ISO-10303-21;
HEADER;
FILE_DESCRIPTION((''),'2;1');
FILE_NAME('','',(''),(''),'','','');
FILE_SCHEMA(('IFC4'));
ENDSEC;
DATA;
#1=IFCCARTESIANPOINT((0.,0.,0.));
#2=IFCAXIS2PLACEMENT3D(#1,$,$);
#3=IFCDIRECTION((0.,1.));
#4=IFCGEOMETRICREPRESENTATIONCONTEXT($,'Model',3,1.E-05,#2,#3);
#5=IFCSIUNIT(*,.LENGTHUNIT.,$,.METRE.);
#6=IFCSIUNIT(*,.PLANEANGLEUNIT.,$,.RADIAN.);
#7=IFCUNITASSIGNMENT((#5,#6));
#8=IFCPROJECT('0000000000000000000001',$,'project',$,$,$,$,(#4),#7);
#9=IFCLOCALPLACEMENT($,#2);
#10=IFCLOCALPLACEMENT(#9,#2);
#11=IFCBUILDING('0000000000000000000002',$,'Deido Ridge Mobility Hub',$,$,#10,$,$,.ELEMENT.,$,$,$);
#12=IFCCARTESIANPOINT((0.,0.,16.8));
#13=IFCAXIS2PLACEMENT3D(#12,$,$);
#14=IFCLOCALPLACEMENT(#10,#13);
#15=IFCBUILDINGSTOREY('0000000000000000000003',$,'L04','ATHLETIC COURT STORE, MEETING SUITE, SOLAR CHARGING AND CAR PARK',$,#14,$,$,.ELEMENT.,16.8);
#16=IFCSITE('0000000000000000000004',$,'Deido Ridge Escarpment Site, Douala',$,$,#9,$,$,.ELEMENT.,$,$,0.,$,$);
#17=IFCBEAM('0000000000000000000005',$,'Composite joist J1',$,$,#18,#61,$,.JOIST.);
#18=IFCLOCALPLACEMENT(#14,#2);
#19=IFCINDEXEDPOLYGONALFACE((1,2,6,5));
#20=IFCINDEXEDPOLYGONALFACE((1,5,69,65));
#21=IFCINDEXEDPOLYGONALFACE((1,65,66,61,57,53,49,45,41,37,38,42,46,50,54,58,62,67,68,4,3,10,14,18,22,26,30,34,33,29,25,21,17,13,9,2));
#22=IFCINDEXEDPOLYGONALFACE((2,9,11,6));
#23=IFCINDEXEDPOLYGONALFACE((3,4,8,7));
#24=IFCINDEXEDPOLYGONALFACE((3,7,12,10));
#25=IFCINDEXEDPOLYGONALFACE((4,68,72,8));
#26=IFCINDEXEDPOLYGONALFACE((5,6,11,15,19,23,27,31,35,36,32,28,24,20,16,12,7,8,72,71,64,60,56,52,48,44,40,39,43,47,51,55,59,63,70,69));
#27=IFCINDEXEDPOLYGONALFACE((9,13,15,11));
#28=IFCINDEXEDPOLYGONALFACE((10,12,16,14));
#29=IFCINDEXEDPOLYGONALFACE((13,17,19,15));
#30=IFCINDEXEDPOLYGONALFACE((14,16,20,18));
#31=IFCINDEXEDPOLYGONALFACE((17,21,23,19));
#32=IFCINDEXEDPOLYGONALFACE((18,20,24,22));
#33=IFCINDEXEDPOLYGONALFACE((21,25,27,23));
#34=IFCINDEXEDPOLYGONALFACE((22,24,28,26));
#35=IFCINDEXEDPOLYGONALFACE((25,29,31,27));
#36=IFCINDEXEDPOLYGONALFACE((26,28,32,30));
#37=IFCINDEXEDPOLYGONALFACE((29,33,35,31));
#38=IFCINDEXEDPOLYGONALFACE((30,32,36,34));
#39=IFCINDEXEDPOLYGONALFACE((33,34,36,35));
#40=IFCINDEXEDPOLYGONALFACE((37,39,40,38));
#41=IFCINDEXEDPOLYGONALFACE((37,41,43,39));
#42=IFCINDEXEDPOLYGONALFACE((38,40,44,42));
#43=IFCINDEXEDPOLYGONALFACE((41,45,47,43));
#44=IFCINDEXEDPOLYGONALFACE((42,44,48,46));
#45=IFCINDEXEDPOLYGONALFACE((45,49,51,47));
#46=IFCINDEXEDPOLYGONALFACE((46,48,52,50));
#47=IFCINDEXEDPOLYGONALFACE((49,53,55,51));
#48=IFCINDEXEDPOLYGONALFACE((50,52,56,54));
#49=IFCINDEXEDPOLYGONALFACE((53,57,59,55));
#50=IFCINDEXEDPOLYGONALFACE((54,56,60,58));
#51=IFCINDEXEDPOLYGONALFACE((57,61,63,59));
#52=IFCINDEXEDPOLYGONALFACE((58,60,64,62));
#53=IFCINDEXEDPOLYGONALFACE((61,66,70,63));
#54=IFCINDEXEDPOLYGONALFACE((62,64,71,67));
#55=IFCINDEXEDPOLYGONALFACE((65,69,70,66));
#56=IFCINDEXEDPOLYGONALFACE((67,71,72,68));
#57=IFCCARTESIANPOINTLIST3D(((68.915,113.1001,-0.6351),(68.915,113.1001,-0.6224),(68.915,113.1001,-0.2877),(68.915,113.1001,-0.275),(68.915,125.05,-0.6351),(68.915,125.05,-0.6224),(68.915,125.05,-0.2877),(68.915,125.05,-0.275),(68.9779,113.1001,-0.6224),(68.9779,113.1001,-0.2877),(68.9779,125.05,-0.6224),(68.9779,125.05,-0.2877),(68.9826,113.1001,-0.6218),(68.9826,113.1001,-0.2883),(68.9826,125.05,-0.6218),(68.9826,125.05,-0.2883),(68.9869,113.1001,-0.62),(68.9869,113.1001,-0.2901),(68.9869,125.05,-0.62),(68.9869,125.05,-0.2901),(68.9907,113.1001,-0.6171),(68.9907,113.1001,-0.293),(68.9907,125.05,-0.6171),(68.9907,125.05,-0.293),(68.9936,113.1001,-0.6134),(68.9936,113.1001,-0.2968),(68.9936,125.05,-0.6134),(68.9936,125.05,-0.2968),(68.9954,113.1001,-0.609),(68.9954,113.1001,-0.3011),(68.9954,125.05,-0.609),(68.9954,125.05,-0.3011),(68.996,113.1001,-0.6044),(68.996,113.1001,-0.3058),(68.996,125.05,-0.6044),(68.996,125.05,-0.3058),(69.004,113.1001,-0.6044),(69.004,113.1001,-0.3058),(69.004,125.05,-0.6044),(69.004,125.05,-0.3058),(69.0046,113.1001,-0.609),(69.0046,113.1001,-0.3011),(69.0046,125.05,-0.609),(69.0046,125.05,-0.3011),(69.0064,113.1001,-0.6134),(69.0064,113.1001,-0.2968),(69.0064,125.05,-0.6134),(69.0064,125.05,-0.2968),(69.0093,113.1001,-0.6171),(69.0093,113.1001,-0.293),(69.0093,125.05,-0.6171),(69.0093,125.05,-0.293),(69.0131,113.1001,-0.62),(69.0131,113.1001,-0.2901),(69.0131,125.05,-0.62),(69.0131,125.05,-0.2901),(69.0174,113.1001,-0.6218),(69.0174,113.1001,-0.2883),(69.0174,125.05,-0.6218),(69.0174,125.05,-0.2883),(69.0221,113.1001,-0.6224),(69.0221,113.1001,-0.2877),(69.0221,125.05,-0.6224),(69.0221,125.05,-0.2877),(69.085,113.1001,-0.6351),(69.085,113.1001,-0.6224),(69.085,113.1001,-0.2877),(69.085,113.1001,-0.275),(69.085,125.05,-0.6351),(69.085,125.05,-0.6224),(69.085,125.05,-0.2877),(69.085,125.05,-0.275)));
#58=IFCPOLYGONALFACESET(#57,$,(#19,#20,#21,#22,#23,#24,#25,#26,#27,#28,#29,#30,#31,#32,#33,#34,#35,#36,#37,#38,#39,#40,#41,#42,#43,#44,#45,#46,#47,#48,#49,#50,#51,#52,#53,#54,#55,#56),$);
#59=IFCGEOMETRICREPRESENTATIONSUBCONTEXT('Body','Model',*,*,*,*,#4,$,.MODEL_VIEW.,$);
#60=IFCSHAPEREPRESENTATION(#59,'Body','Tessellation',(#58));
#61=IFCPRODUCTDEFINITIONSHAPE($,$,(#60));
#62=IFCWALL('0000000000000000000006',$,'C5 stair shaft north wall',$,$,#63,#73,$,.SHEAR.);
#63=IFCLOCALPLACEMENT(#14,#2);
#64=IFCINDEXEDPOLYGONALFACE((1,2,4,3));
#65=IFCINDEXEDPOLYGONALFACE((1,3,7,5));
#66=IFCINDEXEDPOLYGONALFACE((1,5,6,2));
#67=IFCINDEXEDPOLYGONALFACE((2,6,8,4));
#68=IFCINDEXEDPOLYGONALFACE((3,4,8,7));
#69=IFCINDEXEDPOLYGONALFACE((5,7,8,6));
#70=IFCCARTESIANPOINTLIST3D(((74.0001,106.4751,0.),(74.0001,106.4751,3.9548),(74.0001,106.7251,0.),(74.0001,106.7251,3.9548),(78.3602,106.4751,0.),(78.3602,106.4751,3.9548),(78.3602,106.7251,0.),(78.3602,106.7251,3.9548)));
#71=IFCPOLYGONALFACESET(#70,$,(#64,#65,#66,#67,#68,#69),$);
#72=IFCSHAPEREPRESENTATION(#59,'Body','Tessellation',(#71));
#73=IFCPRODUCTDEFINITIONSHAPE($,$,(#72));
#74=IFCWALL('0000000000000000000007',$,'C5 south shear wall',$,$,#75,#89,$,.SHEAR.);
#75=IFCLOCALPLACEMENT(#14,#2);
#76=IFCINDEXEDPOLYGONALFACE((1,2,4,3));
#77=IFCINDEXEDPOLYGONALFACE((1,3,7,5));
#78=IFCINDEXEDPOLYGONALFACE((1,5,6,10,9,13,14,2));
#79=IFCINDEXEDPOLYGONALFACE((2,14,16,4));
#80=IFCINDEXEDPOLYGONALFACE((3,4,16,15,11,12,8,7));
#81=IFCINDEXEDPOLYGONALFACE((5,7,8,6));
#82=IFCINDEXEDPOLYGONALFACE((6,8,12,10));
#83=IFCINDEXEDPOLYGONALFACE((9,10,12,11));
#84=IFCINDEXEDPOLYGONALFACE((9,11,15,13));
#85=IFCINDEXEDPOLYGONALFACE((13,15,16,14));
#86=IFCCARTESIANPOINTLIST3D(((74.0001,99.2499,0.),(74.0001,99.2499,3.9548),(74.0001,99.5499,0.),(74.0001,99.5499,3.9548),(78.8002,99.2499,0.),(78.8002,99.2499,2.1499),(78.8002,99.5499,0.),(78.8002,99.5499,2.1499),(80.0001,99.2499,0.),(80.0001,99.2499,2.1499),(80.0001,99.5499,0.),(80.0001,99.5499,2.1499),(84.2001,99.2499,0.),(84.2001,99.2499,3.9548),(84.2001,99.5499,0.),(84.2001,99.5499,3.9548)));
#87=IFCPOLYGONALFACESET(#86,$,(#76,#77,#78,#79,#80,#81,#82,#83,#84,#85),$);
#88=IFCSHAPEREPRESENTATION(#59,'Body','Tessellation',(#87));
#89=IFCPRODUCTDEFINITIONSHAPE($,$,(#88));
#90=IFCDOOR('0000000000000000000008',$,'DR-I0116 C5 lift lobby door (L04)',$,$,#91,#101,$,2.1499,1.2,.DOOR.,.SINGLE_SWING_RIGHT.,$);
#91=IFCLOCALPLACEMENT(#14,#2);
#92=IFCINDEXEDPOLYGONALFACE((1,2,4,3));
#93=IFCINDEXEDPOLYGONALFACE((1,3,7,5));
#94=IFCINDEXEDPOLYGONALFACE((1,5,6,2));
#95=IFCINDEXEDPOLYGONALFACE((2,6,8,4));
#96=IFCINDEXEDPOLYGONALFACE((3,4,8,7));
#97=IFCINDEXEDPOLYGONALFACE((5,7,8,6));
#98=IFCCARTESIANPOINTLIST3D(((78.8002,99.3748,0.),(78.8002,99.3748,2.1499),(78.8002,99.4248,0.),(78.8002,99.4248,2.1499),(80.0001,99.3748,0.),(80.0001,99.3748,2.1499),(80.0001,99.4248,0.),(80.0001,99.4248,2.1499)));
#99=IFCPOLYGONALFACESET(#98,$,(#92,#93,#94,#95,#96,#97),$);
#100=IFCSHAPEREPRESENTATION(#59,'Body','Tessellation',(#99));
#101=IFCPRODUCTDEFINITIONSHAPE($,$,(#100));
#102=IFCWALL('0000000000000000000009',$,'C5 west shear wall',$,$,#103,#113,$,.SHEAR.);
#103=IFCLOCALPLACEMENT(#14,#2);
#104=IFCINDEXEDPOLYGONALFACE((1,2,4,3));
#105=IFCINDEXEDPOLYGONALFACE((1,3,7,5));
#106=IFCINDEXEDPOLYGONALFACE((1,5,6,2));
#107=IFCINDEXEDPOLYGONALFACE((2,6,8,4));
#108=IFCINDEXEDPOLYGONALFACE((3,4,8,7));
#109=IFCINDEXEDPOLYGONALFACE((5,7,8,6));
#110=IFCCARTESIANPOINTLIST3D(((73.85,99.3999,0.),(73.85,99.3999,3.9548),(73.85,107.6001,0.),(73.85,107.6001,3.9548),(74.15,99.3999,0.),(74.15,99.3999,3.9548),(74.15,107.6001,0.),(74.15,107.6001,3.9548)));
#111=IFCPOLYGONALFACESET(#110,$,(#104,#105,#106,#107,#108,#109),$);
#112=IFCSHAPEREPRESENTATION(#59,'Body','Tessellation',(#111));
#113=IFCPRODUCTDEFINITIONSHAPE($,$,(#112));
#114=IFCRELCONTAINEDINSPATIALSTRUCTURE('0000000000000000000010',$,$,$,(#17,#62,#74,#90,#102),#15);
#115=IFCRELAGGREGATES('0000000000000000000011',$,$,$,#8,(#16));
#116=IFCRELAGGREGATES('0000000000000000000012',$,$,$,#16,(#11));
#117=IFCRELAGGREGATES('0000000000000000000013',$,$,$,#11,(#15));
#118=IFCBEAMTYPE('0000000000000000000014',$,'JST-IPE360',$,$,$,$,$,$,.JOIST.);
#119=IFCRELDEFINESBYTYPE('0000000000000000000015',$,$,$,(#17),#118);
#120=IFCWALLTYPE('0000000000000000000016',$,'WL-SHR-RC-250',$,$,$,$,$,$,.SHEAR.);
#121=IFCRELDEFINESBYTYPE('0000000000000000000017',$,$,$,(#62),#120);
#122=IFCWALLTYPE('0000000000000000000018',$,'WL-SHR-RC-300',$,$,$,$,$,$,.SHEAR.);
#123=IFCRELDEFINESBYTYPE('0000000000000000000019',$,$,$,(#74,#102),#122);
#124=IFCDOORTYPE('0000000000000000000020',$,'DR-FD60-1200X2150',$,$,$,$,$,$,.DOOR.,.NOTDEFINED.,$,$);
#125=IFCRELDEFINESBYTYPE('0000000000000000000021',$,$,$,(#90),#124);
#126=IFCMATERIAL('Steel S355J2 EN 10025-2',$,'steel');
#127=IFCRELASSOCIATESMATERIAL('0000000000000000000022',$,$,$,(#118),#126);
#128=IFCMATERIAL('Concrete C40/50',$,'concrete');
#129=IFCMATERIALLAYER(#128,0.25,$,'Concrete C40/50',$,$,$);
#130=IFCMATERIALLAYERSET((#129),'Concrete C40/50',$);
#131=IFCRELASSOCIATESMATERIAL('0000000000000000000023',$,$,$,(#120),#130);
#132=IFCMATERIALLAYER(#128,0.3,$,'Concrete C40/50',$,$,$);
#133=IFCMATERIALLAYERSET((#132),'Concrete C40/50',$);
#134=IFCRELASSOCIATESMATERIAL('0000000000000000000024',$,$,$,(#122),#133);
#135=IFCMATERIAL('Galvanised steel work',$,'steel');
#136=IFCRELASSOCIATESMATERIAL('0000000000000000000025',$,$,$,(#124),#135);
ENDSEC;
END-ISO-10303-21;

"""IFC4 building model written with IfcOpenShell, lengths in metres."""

from ifc_helpers import new_model, si_unit, direction, frame, frame_2d, origin, origin_2d, place, context, subcontext, project, spatial, rectangle, i_section, extrude, material, layer, layer_set, material_profile, profile_set, type_object, element, fill, save


model = new_model("IFC4")

# Units and contexts
model_context = context("Model", 3, precision=1e-05, world=origin(), true_north=direction((0.0, 1.0)))
body_context = subcontext(model_context, "Body", "Model", "MODEL_VIEW")
ifc_project = project(units=[si_unit("LENGTHUNIT", "METRE"), si_unit("PLANEANGLEUNIT", "RADIAN")], contexts=[model_context])

# Site, building, storey
site_placement = place(None, origin())
site = spatial("IfcSite", under=ifc_project, at=site_placement, Name="Deido Ridge Escarpment Site, Douala", CompositionType="ELEMENT", RefElevation=0.0)
building_placement = place(site_placement, origin())
building = spatial("IfcBuilding", under=site, at=building_placement, Name="Deido Ridge Mobility Hub", CompositionType="ELEMENT")
storey_placement = place(building_placement, frame((0.0, 0.0, 16.8)))
storey = spatial("IfcBuildingStorey", under=building, at=storey_placement, Name="L04", Description="ATHLETIC COURT STORE, MEETING SUITE, SOLAR CHARGING AND CAR PARK", CompositionType="ELEMENT", Elevation=16.8)

# Shared definitions
ifc_material_1 = material(Name="Steel S355J2 EN 10025-2", Category="steel")

# Beam
ifc_material_profile_1 = material_profile(ifc_material_1, i_section(OverallWidth=0.1699, OverallDepth=0.3601, WebThickness=0.0081, FlangeThickness=0.0127, FilletRadius=0.0181, at=origin_2d()), Name="IPE 360")
ifc_profile_set_1 = profile_set([ifc_material_profile_1], Name="Steel S355J2 EN 10025-2")
beam_type_1 = type_object("IfcBeamType", Name="JST-IPE360", PredefinedType="JOIST", material=ifc_profile_set_1)
for number, where, z_axis, x_axis, name in (
    (1, (69.0, 113.1001, -0.4551), (0.0, 1.0, 0.0), (-1.0, 0.0, 0.0), "Composite joist J1"),
):
    element("IfcBeam", number, at=place(storey_placement, frame(where, z_axis=z_axis, x_axis=x_axis)), inside=storey, type_object=beam_type_1, Name=name, PredefinedType="JOIST", context=body_context, shape_type="SweptSolid", body=[
        extrude(i_section(OverallWidth=0.1699, OverallDepth=0.3601, WebThickness=0.0081, FlangeThickness=0.0127, FilletRadius=0.0181, at=origin_2d()), origin(), (0.0, 0.0, 1.0), 11.95),
    ])

# Wall
ifc_material_2 = material(Name="Concrete C40/50", Category="concrete")
ifc_layer_1 = layer(ifc_material_2, 0.25, Name="Concrete C40/50")
ifc_layer_set_1 = layer_set([ifc_layer_1], Name="Concrete C40/50")
wall_type_1 = type_object("IfcWallType", Name="WL-SHR-RC-250", PredefinedType="SHEAR", material=ifc_layer_set_1)
wall_1_placement = place(storey_placement, frame((74.0, 106.6001, 0.0), z_axis=(0.0, 0.0, 1.0), x_axis=(1.0, 0.0, 0.0)))
element("IfcWall", 2, at=wall_1_placement, inside=storey, type_object=wall_type_1, Name="C5 stair shaft north wall", PredefinedType="SHEAR", context=body_context, shape_type="SweptSolid", body=[
    extrude(rectangle(XDim=4.3601, YDim=0.25, at=frame_2d((2.1802, 0.0))), origin(), (0.0, 0.0, 1.0), 3.9548),
])

# Wall, opening, door
ifc_layer_2 = layer(ifc_material_2, 0.3, Name="Concrete C40/50")
ifc_layer_set_2 = layer_set([ifc_layer_2], Name="Concrete C40/50")
wall_type_2 = type_object("IfcWallType", Name="WL-SHR-RC-300", PredefinedType="SHEAR", material=ifc_layer_set_2)
wall_2_placement = place(storey_placement, frame((74.0, 99.3999, 0.0), z_axis=(0.0, 0.0, 1.0), x_axis=(1.0, 0.0, 0.0)))
wall_2 = element("IfcWall", 3, at=wall_2_placement, inside=storey, type_object=wall_type_2, Name="C5 south shear wall", PredefinedType="SHEAR", context=body_context, shape_type="SweptSolid", body=[
    extrude(rectangle(XDim=10.2, YDim=0.3, at=frame_2d((5.1001, 0.0))), origin(), (0.0, 0.0, 1.0), 3.9548),
])
opening_placement = place(wall_2_placement, frame((4.8, 0.0, 0.0)))
opening = element("IfcOpeningElement", 4, at=opening_placement, cuts=wall_2, PredefinedType="OPENING", context=body_context, shape_type="SweptSolid", body=[
    extrude(rectangle(XDim=1.2, YDim=2.1499, at=frame_2d((0.6001, 1.075))), frame((0.0, 0.1602, 0.0), z_axis=(0.0, -1.0, 0.0), x_axis=(1.0, 0.0, 0.0)), (0.0, 0.0, 1.0), 0.3201),
])
ifc_material_3 = material(Name="Galvanised steel work", Category="steel")
door_type = type_object("IfcDoorType", Name="DR-FD60-1200X2150", OperationType="NOTDEFINED", PredefinedType="DOOR", material=ifc_material_3)
door_placement = place(opening_placement, origin())
door = element("IfcDoor", 5, at=door_placement, inside=storey, type_object=door_type, Name="DR-I0116 C5 lift lobby door (L04)", OperationType="SINGLE_SWING_RIGHT", OverallHeight=2.1499, OverallWidth=1.2, PredefinedType="DOOR", context=body_context, shape_type="SweptSolid", body=[
    extrude(rectangle(XDim=1.2, YDim=2.1499, at=frame_2d((0.6001, 1.075))), frame((0.0, 0.0249, 0.0), z_axis=(0.0, -1.0, 0.0), x_axis=(1.0, 0.0, 0.0)), (0.0, 0.0, 1.0), 0.05),
])
fill(opening, door)

# Wall
wall_3_placement = place(storey_placement, frame((74.0, 107.6001, 0.0), z_axis=(0.0, 0.0, 1.0), x_axis=(0.0, -1.0, 0.0)))
element("IfcWall", 6, at=wall_3_placement, inside=storey, type_object=wall_type_2, Name="C5 west shear wall", PredefinedType="SHEAR", context=body_context, shape_type="SweptSolid", body=[
    extrude(rectangle(XDim=8.2002, YDim=0.3, at=frame_2d((4.1001, 0.0))), origin(), (0.0, 0.0, 1.0), 3.9548),
])

save(model, "model.ifc")
